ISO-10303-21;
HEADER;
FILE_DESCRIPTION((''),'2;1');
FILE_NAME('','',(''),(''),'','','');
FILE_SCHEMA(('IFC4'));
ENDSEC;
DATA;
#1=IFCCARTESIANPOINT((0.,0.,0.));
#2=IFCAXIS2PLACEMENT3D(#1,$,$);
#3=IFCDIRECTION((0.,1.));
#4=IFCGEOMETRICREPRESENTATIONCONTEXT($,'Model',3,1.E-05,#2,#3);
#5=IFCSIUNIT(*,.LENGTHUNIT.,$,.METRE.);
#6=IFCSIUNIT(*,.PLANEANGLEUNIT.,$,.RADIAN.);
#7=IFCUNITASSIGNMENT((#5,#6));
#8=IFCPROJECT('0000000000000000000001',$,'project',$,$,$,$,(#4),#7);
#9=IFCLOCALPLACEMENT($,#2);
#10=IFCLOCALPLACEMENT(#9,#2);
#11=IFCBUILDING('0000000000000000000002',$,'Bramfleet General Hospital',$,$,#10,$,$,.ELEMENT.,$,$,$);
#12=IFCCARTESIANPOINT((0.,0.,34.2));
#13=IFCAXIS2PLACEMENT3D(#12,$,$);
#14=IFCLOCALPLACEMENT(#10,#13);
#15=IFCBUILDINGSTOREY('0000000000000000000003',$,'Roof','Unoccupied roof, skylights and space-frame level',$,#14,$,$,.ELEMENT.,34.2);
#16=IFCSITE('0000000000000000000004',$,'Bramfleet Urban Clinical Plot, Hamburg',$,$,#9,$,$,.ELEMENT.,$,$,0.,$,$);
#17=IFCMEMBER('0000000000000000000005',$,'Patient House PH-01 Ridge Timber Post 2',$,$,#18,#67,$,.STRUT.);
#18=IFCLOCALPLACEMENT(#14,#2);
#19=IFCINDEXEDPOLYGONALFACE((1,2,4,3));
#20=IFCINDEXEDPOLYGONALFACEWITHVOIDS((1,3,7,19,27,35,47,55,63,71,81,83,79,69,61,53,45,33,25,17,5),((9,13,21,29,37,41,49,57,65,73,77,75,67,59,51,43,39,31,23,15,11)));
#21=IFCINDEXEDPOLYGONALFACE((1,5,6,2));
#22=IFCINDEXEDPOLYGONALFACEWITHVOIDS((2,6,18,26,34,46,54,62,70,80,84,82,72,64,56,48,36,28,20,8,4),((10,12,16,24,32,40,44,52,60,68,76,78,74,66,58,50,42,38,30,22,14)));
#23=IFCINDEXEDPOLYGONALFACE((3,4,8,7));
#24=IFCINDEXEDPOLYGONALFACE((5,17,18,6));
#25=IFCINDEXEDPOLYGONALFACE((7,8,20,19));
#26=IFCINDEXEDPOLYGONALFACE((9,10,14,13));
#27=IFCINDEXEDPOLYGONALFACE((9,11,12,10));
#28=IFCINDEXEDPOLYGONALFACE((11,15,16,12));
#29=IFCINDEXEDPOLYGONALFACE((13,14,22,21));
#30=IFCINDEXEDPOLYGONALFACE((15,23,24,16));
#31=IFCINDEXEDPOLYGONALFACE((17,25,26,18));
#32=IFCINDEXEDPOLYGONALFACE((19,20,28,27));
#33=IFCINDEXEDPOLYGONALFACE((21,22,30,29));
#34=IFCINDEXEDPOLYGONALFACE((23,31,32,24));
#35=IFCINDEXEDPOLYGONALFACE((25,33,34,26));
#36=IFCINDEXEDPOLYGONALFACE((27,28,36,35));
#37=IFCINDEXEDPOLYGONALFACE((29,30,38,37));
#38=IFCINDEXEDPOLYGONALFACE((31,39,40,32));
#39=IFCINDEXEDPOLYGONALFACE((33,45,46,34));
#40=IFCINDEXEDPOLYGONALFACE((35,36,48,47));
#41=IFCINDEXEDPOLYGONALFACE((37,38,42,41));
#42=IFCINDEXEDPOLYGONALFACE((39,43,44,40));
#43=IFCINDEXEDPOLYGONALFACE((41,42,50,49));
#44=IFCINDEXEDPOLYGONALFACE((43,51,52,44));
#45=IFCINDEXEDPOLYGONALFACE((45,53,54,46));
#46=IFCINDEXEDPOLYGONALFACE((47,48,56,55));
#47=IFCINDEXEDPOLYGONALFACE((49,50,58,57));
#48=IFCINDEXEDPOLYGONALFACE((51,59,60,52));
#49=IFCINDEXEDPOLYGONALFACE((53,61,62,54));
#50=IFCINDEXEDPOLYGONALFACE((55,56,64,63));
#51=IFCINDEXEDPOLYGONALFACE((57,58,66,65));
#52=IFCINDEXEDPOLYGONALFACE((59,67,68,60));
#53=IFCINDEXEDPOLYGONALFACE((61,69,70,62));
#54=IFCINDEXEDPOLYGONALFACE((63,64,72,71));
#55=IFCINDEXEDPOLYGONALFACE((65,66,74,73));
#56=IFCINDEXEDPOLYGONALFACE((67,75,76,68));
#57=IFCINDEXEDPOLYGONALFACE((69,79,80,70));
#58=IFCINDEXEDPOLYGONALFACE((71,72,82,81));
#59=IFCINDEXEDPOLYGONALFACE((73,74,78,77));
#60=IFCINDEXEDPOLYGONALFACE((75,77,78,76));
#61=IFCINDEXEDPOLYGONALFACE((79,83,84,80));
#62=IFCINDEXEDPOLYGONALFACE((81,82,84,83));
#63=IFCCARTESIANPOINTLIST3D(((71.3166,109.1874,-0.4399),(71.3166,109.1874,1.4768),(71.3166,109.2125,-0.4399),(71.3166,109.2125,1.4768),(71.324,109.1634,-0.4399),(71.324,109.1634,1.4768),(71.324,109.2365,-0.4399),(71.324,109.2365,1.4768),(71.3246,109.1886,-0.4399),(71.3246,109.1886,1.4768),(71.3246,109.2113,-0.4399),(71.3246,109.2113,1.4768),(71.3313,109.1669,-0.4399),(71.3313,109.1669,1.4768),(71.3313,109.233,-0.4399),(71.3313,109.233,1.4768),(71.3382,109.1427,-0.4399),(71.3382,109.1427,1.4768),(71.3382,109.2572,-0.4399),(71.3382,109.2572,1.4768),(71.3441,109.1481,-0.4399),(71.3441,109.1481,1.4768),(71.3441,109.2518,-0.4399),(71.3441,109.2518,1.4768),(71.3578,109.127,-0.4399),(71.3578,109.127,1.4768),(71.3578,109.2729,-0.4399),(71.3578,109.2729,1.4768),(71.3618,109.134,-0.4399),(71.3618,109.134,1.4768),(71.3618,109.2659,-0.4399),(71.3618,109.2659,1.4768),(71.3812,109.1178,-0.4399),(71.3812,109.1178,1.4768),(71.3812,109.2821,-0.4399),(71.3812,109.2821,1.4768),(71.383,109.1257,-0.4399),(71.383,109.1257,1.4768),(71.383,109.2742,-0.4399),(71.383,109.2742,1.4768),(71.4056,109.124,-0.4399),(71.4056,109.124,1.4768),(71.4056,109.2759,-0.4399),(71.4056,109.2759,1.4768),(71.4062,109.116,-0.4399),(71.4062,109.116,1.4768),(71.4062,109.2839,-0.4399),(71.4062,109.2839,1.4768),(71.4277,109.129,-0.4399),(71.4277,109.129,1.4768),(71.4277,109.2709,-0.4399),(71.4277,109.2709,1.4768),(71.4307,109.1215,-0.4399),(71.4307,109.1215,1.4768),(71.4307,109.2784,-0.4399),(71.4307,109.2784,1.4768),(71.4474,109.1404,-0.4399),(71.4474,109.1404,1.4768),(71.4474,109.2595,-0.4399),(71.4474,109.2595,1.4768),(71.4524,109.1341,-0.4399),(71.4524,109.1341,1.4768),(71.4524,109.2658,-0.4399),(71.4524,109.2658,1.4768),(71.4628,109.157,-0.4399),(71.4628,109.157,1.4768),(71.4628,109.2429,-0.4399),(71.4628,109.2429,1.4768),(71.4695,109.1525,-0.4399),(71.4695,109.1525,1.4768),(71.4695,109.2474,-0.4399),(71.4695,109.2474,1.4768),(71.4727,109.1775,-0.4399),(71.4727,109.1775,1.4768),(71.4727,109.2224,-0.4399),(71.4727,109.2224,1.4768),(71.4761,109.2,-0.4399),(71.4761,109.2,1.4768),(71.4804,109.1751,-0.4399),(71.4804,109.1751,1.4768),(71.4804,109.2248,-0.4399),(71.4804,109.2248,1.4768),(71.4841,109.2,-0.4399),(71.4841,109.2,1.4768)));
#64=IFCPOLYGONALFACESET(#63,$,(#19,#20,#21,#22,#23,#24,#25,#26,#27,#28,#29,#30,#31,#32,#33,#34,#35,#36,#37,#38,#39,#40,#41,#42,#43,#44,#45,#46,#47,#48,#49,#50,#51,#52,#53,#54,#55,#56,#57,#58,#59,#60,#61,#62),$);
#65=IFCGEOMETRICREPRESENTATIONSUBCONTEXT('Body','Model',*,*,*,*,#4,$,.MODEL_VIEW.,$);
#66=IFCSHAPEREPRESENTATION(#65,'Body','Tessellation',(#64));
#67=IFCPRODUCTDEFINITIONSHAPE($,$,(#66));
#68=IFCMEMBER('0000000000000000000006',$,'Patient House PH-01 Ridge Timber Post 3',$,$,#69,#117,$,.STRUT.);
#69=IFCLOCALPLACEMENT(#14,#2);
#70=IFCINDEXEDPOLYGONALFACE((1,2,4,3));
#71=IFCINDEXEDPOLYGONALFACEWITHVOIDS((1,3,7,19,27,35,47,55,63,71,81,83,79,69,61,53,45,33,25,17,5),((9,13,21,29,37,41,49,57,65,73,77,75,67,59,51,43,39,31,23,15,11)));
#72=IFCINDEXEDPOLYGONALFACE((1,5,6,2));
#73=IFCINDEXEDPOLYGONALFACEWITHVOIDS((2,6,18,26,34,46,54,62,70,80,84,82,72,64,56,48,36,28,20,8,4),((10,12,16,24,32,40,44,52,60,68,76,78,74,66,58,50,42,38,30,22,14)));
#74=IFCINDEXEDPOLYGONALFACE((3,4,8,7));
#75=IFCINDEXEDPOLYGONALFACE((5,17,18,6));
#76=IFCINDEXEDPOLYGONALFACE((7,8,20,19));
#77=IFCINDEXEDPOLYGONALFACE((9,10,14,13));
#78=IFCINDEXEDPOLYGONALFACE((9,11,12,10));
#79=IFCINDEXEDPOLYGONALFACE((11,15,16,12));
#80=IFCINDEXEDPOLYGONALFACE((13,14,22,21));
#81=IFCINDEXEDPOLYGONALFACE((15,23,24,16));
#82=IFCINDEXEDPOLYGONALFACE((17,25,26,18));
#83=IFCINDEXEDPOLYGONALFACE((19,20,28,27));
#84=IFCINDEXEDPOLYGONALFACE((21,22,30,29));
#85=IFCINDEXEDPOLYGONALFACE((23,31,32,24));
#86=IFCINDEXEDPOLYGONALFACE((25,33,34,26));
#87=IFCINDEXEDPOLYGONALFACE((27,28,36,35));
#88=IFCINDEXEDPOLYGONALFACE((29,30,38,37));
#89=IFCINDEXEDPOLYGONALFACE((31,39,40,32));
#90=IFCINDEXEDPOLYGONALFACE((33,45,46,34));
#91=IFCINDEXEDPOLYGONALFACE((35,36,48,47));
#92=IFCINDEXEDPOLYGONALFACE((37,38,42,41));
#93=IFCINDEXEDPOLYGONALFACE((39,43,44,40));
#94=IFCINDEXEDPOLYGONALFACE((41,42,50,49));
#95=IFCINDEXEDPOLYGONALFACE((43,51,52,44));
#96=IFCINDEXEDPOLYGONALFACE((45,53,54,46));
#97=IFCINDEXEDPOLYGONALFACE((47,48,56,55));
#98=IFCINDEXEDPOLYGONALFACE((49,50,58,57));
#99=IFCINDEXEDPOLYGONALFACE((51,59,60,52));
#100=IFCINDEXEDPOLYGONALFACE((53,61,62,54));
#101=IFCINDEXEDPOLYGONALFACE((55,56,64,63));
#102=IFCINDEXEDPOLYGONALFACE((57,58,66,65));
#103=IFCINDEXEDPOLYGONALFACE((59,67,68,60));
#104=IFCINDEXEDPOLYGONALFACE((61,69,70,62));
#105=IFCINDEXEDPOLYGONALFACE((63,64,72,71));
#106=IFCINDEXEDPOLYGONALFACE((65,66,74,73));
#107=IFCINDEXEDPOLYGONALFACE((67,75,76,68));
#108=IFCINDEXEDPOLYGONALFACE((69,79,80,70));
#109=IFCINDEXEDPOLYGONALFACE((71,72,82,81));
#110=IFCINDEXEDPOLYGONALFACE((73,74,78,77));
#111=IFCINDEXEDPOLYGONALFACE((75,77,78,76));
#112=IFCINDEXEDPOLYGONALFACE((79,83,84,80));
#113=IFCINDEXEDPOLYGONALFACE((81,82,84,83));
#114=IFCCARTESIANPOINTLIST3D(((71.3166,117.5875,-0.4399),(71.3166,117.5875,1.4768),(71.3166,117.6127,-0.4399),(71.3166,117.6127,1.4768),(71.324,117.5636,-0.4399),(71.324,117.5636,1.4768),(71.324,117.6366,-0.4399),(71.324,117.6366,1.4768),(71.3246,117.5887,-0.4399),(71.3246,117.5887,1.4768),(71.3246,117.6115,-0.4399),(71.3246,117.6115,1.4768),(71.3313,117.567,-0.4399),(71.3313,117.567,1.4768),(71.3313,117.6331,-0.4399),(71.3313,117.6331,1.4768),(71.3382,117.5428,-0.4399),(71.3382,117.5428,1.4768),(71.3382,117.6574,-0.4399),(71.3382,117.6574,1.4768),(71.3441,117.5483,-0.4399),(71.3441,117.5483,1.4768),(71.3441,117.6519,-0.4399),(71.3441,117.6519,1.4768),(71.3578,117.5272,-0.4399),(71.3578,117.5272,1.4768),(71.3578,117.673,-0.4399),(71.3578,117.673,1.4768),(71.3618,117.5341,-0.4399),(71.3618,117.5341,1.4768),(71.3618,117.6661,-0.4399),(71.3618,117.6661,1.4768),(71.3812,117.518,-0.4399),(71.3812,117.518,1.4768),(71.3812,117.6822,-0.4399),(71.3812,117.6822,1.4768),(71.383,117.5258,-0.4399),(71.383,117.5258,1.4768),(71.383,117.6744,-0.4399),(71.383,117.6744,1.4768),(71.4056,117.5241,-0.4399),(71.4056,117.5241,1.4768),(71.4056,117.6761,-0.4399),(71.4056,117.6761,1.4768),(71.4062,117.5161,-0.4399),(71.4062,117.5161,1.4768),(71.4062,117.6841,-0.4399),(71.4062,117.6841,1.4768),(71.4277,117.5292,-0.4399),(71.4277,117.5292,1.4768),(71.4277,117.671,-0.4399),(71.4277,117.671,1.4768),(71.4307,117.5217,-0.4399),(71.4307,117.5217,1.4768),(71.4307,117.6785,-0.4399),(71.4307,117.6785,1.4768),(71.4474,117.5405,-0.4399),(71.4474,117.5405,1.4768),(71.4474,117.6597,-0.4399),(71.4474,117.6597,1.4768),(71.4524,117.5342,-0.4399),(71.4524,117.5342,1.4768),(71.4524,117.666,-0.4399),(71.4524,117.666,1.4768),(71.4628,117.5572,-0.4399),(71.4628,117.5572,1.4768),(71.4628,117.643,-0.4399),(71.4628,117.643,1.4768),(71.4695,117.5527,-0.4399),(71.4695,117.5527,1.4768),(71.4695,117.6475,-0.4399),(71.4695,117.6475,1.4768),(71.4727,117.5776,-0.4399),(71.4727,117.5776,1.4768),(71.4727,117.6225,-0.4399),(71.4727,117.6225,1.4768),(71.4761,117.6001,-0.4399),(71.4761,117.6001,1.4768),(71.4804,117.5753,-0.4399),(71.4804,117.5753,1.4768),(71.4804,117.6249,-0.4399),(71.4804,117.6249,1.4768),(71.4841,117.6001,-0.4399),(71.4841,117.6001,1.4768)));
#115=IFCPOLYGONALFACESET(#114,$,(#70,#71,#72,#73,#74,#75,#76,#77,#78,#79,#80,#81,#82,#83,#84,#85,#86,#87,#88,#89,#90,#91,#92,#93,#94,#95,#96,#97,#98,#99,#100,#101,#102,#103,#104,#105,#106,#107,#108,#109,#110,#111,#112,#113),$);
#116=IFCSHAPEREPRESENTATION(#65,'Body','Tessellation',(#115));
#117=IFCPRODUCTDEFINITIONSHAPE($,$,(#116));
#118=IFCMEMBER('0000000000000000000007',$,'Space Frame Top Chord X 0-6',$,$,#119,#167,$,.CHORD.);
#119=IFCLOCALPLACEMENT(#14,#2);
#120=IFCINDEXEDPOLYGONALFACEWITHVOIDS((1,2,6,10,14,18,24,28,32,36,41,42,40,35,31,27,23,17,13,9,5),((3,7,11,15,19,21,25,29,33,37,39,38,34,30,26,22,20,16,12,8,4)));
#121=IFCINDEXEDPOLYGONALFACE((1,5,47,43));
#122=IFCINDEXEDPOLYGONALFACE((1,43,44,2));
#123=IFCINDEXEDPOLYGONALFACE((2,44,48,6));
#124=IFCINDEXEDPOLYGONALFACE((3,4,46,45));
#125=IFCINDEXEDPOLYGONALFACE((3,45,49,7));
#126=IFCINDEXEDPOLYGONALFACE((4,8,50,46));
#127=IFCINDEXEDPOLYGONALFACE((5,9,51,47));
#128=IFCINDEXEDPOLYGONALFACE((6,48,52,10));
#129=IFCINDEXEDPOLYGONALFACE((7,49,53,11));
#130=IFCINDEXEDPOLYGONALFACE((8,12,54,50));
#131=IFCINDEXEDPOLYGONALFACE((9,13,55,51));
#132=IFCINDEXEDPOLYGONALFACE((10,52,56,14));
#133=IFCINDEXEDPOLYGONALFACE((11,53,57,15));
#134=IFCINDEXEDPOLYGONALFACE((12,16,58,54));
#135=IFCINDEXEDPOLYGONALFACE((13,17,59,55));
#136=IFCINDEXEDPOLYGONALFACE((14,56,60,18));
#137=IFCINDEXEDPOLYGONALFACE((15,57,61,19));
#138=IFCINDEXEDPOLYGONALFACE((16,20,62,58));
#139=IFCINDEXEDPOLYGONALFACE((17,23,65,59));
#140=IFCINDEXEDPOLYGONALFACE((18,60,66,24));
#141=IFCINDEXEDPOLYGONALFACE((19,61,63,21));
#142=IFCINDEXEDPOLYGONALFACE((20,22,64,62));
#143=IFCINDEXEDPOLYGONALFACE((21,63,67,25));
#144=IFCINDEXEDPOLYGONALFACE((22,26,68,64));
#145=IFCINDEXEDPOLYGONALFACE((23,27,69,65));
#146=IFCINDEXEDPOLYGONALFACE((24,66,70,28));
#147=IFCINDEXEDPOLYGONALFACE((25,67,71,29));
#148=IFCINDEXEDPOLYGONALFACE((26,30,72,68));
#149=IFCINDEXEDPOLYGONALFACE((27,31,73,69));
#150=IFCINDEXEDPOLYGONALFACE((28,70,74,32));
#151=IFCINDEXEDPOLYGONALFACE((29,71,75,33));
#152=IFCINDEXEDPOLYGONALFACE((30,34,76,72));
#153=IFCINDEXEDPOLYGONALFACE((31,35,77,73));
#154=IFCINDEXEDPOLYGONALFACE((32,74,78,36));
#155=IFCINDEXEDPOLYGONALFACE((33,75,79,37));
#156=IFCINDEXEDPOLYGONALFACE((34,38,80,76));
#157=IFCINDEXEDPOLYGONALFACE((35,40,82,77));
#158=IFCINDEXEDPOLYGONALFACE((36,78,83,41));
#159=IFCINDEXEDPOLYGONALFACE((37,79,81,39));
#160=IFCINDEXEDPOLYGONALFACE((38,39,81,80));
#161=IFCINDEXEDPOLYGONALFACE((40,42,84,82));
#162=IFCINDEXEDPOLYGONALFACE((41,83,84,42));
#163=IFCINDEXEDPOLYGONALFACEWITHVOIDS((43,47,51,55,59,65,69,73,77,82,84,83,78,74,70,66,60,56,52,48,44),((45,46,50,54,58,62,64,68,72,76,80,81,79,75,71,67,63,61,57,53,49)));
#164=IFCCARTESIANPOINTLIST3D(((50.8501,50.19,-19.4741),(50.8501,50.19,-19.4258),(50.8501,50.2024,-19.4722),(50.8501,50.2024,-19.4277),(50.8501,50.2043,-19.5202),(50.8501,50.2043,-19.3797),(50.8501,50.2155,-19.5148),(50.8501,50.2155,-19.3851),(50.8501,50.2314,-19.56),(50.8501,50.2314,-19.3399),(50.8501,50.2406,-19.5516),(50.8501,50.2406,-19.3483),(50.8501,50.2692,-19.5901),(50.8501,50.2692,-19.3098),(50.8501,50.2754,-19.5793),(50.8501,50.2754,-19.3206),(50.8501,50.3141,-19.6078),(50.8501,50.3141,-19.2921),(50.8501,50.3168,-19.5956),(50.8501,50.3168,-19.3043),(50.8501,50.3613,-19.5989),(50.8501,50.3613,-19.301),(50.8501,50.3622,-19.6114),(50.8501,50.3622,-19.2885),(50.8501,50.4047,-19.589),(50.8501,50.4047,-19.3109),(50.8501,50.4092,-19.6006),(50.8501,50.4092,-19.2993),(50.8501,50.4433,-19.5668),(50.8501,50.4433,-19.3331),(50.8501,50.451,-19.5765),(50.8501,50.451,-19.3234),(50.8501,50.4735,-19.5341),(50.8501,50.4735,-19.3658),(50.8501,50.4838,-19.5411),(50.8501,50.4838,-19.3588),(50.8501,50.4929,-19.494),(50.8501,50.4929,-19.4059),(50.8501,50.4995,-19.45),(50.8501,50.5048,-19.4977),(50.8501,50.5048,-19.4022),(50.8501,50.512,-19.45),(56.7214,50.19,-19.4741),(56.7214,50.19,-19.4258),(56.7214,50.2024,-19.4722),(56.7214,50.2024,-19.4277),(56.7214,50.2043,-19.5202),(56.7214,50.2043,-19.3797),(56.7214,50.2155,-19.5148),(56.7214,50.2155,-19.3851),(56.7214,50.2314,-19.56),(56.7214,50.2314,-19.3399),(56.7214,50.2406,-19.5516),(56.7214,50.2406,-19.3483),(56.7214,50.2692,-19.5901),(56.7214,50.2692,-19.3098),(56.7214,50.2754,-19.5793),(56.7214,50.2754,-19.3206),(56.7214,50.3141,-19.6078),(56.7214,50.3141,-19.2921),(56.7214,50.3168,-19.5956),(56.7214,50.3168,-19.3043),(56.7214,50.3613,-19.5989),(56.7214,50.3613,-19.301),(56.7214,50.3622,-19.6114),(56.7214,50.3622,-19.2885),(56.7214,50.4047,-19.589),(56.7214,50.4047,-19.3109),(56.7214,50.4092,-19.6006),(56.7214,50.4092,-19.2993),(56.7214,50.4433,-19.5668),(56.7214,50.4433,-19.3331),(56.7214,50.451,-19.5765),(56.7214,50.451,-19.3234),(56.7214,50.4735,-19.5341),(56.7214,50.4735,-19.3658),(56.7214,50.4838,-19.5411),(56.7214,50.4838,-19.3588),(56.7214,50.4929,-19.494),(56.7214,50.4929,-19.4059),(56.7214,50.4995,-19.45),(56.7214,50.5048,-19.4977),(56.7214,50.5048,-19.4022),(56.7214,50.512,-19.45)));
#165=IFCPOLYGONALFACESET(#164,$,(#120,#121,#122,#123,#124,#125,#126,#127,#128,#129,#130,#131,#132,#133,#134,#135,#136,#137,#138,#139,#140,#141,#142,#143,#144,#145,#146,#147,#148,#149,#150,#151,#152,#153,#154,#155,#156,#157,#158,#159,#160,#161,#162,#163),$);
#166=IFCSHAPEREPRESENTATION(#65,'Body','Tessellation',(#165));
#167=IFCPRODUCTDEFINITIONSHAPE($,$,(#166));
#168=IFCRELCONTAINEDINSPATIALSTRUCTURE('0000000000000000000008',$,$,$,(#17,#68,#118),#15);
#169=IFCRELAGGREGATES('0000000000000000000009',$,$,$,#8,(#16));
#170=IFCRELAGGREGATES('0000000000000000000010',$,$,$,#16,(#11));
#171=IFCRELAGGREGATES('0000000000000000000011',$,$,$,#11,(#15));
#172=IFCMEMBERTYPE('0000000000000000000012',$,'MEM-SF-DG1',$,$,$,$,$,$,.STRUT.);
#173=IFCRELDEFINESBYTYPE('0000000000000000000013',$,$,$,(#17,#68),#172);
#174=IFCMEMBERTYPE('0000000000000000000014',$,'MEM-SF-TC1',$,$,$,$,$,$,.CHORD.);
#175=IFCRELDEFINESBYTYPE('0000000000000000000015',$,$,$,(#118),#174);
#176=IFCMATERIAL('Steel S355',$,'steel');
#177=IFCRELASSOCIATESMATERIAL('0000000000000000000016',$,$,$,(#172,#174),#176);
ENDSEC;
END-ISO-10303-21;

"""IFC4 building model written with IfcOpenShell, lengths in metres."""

from ifc_helpers import new_model, si_unit, direction, frame, origin, origin_2d, place, context, subcontext, project, spatial, hollow_circle, extrude, material, material_profile, profile_set, type_object, element, save


model = new_model("IFC4")

# Units and contexts
model_context = context("Model", 3, precision=1e-05, world=origin(), true_north=direction((0.0, 1.0)))
body_context = subcontext(model_context, "Body", "Model", "MODEL_VIEW")
ifc_project = project(units=[si_unit("LENGTHUNIT", "METRE"), si_unit("PLANEANGLEUNIT", "RADIAN")], contexts=[model_context])

# Site, building, storey
site_placement = place(None, origin())
site = spatial("IfcSite", under=ifc_project, at=site_placement, Name="Bramfleet Urban Clinical Plot, Hamburg", CompositionType="ELEMENT", RefElevation=0.0)
building_placement = place(site_placement, origin())
building = spatial("IfcBuilding", under=site, at=building_placement, Name="Bramfleet General Hospital", CompositionType="ELEMENT")
storey_placement = place(building_placement, frame((0.0, 0.0, 34.2)))
storey = spatial("IfcBuildingStorey", under=building, at=storey_placement, Name="Roof", Description="Unoccupied roof, skylights and space-frame level", CompositionType="ELEMENT", Elevation=34.2)

# Members
ifc_material_1 = material(Name="Steel S355", Category="steel")
ifc_material_profile_1 = material_profile(ifc_material_1, hollow_circle(Radius=0.0842, WallThickness=0.0081, at=origin_2d()), Name="CHS 168.3x8.0")
ifc_profile_set_1 = profile_set([ifc_material_profile_1], Name="Steel S355")
member_type_1 = type_object("IfcMemberType", Name="MEM-SF-DG1", PredefinedType="STRUT", material=ifc_profile_set_1)
for number, where, z_axis, x_axis, name in (
    (1, (71.3999, 109.2, -0.4399), (0.0, 0.0, 1.0), (1.0, 0.0, 0.0), "Patient House PH-01 Ridge Timber Post 2"),
    (2, (71.3999, 117.6001, -0.4399), (0.0, 0.0, 1.0), (1.0, 0.0, 0.0), "Patient House PH-01 Ridge Timber Post 3"),
):
    element("IfcMember", number, at=place(storey_placement, frame(where, z_axis=z_axis, x_axis=x_axis)), inside=storey, type_object=member_type_1, Name=name, PredefinedType="STRUT", context=body_context, shape_type="SweptSolid", body=[
        extrude(hollow_circle(Radius=0.0842, WallThickness=0.0081, at=origin_2d()), origin(), (0.0, 0.0, 1.0), 1.9167),
    ])
ifc_material_profile_2 = material_profile(ifc_material_1, hollow_circle(Radius=0.1619, WallThickness=0.0125, at=origin_2d()), Name="CHS 323.9x12.5")
ifc_profile_set_2 = profile_set([ifc_material_profile_2], Name="Steel S355")
member_type_2 = type_object("IfcMemberType", Name="MEM-SF-TC1", PredefinedType="CHORD", material=ifc_profile_set_2)
for number, where, z_axis, x_axis, name in (
    (3, (50.8501, 50.3501, -19.45), (1.0, 0.0, 0.0), (0.0, 1.0, 0.0), "Space Frame Top Chord X 0-6"),
):
    element("IfcMember", number, at=place(storey_placement, frame(where, z_axis=z_axis, x_axis=x_axis)), inside=storey, type_object=member_type_2, Name=name, PredefinedType="CHORD", context=body_context, shape_type="SweptSolid", body=[
        extrude(hollow_circle(Radius=0.1619, WallThickness=0.0125, at=origin_2d()), origin(), (0.0, 0.0, 1.0), 5.8713),
    ])

save(model, "model.ifc")
